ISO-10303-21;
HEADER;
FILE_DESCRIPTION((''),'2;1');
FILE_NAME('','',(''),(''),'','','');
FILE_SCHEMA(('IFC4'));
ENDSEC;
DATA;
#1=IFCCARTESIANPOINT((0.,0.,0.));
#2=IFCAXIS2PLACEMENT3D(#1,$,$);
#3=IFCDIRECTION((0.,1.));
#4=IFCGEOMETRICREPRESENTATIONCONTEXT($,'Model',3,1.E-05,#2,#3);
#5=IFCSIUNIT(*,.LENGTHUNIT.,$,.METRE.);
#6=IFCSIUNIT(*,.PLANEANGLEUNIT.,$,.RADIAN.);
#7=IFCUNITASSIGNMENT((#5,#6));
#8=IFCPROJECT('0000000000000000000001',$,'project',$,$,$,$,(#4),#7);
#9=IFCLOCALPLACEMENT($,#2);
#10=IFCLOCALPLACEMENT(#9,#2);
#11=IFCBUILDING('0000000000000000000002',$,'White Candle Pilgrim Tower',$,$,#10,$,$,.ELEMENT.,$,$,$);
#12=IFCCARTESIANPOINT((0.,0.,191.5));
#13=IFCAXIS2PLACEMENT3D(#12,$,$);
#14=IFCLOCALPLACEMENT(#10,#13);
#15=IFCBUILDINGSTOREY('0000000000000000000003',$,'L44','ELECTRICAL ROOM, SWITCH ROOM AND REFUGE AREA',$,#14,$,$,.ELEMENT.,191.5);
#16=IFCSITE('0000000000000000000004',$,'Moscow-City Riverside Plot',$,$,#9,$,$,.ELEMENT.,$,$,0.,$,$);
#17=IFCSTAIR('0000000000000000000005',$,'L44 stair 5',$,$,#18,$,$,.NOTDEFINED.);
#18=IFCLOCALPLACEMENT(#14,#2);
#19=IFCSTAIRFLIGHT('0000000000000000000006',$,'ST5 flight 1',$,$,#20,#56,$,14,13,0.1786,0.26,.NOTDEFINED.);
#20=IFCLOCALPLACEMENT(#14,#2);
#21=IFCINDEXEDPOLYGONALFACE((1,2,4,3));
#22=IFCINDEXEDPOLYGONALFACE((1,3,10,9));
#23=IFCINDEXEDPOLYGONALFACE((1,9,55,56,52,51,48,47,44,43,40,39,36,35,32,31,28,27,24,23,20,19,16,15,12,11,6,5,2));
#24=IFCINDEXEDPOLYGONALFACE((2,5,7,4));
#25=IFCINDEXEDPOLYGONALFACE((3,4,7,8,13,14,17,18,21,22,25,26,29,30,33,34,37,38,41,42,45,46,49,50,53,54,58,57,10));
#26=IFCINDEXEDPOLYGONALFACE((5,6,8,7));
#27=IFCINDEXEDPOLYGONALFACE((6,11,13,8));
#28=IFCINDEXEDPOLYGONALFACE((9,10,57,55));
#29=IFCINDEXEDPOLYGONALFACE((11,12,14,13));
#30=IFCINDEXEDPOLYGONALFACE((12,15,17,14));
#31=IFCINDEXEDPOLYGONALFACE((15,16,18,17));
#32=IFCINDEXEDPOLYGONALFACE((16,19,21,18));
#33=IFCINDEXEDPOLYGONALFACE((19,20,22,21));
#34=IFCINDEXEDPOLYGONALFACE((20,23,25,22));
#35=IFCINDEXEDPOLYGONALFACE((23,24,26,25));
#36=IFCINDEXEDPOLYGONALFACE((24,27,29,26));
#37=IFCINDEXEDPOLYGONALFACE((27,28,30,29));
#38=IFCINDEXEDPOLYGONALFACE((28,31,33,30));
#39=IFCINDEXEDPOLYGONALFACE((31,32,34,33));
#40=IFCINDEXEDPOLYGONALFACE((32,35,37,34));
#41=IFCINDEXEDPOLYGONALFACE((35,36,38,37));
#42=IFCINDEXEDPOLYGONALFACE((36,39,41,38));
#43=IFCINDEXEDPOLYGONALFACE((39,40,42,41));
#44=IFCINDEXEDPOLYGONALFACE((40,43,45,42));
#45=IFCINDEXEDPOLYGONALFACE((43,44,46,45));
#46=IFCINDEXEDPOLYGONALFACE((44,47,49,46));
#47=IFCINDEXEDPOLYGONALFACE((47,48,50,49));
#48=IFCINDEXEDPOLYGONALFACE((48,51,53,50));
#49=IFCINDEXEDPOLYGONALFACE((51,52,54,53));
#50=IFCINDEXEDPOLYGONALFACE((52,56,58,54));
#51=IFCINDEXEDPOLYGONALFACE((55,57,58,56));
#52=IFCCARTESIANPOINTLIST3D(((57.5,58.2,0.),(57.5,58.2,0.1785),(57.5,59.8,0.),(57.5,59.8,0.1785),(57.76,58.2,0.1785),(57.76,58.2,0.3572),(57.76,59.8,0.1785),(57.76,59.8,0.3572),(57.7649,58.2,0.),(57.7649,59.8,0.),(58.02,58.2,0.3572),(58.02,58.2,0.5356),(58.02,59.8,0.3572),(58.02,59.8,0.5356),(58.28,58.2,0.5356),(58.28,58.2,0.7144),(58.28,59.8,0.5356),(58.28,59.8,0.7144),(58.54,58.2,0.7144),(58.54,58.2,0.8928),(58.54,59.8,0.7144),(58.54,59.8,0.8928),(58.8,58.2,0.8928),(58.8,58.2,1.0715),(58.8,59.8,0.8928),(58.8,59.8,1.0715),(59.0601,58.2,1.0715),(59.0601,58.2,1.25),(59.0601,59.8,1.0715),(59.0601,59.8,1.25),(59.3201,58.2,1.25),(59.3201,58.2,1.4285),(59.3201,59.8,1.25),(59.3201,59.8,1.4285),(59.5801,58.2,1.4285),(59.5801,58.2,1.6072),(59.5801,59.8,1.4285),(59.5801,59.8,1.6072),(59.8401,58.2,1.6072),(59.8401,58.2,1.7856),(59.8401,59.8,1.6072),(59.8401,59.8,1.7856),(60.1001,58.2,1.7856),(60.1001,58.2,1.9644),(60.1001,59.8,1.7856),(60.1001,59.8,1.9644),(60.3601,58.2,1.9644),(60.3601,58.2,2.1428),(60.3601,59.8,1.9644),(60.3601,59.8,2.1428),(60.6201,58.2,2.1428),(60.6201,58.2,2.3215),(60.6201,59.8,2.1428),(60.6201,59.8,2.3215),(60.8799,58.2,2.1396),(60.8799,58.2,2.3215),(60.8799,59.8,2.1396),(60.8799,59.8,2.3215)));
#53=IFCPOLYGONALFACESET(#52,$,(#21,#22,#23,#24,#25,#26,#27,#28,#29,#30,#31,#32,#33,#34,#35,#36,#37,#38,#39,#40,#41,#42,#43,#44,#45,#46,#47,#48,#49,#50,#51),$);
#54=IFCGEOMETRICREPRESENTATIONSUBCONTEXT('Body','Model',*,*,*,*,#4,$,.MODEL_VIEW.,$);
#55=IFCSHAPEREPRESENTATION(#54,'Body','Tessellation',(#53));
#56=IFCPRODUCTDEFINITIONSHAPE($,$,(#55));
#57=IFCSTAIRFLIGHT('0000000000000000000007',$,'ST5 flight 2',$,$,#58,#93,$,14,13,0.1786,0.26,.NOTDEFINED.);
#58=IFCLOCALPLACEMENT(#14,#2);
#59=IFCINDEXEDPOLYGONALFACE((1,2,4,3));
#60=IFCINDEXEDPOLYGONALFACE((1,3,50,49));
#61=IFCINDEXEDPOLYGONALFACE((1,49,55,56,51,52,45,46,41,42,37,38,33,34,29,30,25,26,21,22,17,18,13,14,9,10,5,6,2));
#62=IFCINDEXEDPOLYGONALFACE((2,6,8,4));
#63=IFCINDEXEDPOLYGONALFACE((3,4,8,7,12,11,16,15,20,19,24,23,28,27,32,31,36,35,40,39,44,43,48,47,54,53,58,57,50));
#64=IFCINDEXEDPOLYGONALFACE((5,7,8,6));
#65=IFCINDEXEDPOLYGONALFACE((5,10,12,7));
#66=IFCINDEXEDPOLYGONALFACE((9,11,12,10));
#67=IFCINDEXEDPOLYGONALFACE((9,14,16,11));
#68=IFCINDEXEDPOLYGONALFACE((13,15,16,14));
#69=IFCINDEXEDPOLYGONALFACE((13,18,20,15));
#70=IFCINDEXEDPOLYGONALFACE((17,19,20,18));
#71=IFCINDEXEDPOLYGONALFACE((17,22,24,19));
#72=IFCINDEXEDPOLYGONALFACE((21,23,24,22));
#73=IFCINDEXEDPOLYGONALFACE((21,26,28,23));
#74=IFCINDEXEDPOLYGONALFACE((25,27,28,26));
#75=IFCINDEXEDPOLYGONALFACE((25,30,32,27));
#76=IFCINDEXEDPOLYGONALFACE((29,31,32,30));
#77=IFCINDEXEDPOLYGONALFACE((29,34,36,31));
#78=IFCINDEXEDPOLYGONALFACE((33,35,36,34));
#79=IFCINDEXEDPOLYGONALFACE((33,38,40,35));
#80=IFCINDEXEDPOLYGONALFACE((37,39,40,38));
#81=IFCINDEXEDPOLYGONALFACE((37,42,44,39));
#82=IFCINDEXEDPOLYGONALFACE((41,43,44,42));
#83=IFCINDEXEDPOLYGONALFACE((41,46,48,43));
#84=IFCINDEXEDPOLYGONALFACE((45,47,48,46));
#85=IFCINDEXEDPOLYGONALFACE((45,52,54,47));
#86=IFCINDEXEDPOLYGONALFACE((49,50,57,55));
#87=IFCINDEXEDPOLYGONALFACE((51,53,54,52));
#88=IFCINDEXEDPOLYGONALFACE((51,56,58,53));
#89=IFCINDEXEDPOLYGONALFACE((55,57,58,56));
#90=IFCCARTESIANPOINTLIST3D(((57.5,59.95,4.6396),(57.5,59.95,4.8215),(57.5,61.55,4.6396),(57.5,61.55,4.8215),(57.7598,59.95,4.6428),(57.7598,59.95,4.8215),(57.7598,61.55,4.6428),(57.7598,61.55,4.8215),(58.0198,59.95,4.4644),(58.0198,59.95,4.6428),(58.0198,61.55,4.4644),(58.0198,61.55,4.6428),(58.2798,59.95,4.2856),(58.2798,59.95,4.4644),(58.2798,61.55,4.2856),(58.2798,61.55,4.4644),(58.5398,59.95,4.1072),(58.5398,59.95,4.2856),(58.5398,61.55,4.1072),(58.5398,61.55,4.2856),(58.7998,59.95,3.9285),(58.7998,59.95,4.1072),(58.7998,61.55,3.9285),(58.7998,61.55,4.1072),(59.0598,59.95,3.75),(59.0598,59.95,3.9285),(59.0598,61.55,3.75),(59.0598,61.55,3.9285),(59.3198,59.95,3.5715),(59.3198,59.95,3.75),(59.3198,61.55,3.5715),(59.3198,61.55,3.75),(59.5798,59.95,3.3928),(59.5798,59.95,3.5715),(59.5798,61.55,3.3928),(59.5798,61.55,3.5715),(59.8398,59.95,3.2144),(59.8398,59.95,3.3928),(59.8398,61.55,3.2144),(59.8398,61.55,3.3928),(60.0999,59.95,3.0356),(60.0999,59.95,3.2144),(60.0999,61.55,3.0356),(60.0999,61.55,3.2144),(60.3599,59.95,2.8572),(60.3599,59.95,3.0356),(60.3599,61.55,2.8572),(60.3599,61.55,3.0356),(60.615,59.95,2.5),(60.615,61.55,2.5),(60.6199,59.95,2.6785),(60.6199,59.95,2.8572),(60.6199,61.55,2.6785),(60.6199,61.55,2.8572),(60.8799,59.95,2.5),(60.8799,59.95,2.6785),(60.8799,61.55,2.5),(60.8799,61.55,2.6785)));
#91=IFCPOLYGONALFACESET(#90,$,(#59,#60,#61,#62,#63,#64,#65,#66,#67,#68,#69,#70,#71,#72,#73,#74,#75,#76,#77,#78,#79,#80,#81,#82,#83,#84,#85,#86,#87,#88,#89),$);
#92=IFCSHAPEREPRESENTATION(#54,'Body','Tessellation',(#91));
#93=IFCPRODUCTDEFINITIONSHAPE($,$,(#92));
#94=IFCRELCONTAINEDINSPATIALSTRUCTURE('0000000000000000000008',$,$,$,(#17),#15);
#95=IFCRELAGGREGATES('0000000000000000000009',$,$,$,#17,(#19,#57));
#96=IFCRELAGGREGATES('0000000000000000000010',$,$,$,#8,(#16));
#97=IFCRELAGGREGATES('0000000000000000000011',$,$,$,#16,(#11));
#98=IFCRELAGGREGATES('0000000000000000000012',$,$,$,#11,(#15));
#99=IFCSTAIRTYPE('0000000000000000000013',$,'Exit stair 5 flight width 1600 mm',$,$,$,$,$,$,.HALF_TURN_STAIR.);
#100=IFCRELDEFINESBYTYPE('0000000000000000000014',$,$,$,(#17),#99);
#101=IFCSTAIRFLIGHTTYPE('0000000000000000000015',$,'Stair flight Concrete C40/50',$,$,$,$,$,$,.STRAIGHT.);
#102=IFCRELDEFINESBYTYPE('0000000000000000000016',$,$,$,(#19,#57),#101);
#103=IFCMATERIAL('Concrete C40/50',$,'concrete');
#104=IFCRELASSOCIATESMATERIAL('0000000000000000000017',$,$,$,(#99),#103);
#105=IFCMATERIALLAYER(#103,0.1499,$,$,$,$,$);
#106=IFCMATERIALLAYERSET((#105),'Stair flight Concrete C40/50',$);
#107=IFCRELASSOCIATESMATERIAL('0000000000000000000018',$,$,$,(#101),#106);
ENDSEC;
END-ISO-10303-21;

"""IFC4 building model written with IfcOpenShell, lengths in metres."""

from ifc_helpers import new_model, si_unit, direction, frame, origin, place, context, subcontext, project, spatial, polyline, outline, extrude, material, layer, layer_set, type_object, element, aggregate, save


model = new_model("IFC4")

# Units and contexts
model_context = context("Model", 3, precision=1e-05, world=origin(), true_north=direction((0.0, 1.0)))
body_context = subcontext(model_context, "Body", "Model", "MODEL_VIEW")
ifc_project = project(units=[si_unit("LENGTHUNIT", "METRE"), si_unit("PLANEANGLEUNIT", "RADIAN")], contexts=[model_context])

# Site, building, storey
site_placement = place(None, origin())
site = spatial("IfcSite", under=ifc_project, at=site_placement, Name="Moscow-City Riverside Plot", CompositionType="ELEMENT", RefElevation=0.0)
building_placement = place(site_placement, origin())
building = spatial("IfcBuilding", under=site, at=building_placement, Name="White Candle Pilgrim Tower", CompositionType="ELEMENT")
storey_placement = place(building_placement, frame((0.0, 0.0, 191.5)))
storey = spatial("IfcBuildingStorey", under=building, at=storey_placement, Name="L44", Description="ELECTRICAL ROOM, SWITCH ROOM AND REFUGE AREA", CompositionType="ELEMENT", Elevation=191.5)

# Stair, stair flights
ifc_material_1 = material(Name="Concrete C40/50", Category="concrete")
stair_type = type_object("IfcStairType", Name="Exit stair 5 flight width 1600 mm", PredefinedType="HALF_TURN_STAIR", material=ifc_material_1)
stair_placement = place(storey_placement, origin())
stair = element("IfcStair", 1, at=stair_placement, inside=storey, type_object=stair_type, Name="L44 stair 5", PredefinedType="NOTDEFINED")
ifc_layer_1 = layer(ifc_material_1, 0.1499)
ifc_layer_set_1 = layer_set([ifc_layer_1], Name="Stair flight Concrete C40/50")
stair_flight_type = type_object("IfcStairFlightType", Name="Stair flight Concrete C40/50", PredefinedType="STRAIGHT", material=ifc_layer_set_1)
stair_flight_1_placement = place(storey_placement, frame((57.5, 59.0, 0.0), z_axis=(0.0, 0.0, 1.0), x_axis=(1.0, 0.0, 0.0)))
stair_flight_1 = element("IfcStairFlight", 2, at=stair_flight_1_placement, type_object=stair_flight_type, Name="ST5 flight 1", NumberOfRisers=14, NumberOfTreads=13, PredefinedType="NOTDEFINED", RiserHeight=0.1786, TreadLength=0.26, context=body_context, shape_type="SweptSolid", body=[
    extrude(outline(polyline([(0.0, 0.0), (0.0, 0.1785), (0.26, 0.1785), (0.26, 0.3572), (0.52, 0.3572), (0.52, 0.5356), (0.78, 0.5356), (0.78, 0.7144), (1.04, 0.7144), (1.04, 0.8928), (1.3, 0.8928), (1.3, 1.0715), (1.5601, 1.0715), (1.5601, 1.25), (1.8201, 1.25), (1.8201, 1.4285), (2.0801, 1.4285), (2.0801, 1.6072), (2.3401, 1.6072), (2.3401, 1.7856), (2.6001, 1.7856), (2.6001, 1.9644), (2.8601, 1.9644), (2.8601, 2.1428), (3.1201, 2.1428), (3.1201, 2.3215), (3.3799, 2.3215), (3.3799, 2.5), (3.3799, 2.1396), (0.2649, 0.0), (0.0, 0.0)])), frame((0.0, 0.8, 0.0), z_axis=(0.0, -1.0, 0.0), x_axis=(1.0, 0.0, 0.0)), (0.0, 0.0, 1.0), 1.6001),
])
stair_flight_2_placement = place(storey_placement, frame((60.8799, 60.75, 2.5), z_axis=(0.0, 0.0, 1.0), x_axis=(-1.0, 0.0, 0.0)))
stair_flight_2 = element("IfcStairFlight", 3, at=stair_flight_2_placement, type_object=stair_flight_type, Name="ST5 flight 2", NumberOfRisers=14, NumberOfTreads=13, PredefinedType="NOTDEFINED", RiserHeight=0.1786, TreadLength=0.26, context=body_context, shape_type="SweptSolid", body=[
    extrude(outline(polyline([(0.0, 0.0), (0.0, 0.1785), (0.26, 0.1785), (0.26, 0.3572), (0.52, 0.3572), (0.52, 0.5356), (0.78, 0.5356), (0.78, 0.7144), (1.04, 0.7144), (1.04, 0.8928), (1.3, 0.8928), (1.3, 1.0715), (1.5601, 1.0715), (1.5601, 1.25), (1.8201, 1.25), (1.8201, 1.4285), (2.0801, 1.4285), (2.0801, 1.6072), (2.3401, 1.6072), (2.3401, 1.7856), (2.6001, 1.7856), (2.6001, 1.9644), (2.8601, 1.9644), (2.8601, 2.1428), (3.1201, 2.1428), (3.1201, 2.3215), (3.3799, 2.3215), (3.3799, 2.5), (3.3799, 2.1396), (0.2649, 0.0), (0.0, 0.0)])), frame((0.0, 0.8, 0.0), z_axis=(0.0, -1.0, 0.0), x_axis=(1.0, 0.0, 0.0)), (0.0, 0.0, 1.0), 1.6001),
])
aggregate(stair, [stair_flight_1, stair_flight_2])

save(model, "model.ifc")
